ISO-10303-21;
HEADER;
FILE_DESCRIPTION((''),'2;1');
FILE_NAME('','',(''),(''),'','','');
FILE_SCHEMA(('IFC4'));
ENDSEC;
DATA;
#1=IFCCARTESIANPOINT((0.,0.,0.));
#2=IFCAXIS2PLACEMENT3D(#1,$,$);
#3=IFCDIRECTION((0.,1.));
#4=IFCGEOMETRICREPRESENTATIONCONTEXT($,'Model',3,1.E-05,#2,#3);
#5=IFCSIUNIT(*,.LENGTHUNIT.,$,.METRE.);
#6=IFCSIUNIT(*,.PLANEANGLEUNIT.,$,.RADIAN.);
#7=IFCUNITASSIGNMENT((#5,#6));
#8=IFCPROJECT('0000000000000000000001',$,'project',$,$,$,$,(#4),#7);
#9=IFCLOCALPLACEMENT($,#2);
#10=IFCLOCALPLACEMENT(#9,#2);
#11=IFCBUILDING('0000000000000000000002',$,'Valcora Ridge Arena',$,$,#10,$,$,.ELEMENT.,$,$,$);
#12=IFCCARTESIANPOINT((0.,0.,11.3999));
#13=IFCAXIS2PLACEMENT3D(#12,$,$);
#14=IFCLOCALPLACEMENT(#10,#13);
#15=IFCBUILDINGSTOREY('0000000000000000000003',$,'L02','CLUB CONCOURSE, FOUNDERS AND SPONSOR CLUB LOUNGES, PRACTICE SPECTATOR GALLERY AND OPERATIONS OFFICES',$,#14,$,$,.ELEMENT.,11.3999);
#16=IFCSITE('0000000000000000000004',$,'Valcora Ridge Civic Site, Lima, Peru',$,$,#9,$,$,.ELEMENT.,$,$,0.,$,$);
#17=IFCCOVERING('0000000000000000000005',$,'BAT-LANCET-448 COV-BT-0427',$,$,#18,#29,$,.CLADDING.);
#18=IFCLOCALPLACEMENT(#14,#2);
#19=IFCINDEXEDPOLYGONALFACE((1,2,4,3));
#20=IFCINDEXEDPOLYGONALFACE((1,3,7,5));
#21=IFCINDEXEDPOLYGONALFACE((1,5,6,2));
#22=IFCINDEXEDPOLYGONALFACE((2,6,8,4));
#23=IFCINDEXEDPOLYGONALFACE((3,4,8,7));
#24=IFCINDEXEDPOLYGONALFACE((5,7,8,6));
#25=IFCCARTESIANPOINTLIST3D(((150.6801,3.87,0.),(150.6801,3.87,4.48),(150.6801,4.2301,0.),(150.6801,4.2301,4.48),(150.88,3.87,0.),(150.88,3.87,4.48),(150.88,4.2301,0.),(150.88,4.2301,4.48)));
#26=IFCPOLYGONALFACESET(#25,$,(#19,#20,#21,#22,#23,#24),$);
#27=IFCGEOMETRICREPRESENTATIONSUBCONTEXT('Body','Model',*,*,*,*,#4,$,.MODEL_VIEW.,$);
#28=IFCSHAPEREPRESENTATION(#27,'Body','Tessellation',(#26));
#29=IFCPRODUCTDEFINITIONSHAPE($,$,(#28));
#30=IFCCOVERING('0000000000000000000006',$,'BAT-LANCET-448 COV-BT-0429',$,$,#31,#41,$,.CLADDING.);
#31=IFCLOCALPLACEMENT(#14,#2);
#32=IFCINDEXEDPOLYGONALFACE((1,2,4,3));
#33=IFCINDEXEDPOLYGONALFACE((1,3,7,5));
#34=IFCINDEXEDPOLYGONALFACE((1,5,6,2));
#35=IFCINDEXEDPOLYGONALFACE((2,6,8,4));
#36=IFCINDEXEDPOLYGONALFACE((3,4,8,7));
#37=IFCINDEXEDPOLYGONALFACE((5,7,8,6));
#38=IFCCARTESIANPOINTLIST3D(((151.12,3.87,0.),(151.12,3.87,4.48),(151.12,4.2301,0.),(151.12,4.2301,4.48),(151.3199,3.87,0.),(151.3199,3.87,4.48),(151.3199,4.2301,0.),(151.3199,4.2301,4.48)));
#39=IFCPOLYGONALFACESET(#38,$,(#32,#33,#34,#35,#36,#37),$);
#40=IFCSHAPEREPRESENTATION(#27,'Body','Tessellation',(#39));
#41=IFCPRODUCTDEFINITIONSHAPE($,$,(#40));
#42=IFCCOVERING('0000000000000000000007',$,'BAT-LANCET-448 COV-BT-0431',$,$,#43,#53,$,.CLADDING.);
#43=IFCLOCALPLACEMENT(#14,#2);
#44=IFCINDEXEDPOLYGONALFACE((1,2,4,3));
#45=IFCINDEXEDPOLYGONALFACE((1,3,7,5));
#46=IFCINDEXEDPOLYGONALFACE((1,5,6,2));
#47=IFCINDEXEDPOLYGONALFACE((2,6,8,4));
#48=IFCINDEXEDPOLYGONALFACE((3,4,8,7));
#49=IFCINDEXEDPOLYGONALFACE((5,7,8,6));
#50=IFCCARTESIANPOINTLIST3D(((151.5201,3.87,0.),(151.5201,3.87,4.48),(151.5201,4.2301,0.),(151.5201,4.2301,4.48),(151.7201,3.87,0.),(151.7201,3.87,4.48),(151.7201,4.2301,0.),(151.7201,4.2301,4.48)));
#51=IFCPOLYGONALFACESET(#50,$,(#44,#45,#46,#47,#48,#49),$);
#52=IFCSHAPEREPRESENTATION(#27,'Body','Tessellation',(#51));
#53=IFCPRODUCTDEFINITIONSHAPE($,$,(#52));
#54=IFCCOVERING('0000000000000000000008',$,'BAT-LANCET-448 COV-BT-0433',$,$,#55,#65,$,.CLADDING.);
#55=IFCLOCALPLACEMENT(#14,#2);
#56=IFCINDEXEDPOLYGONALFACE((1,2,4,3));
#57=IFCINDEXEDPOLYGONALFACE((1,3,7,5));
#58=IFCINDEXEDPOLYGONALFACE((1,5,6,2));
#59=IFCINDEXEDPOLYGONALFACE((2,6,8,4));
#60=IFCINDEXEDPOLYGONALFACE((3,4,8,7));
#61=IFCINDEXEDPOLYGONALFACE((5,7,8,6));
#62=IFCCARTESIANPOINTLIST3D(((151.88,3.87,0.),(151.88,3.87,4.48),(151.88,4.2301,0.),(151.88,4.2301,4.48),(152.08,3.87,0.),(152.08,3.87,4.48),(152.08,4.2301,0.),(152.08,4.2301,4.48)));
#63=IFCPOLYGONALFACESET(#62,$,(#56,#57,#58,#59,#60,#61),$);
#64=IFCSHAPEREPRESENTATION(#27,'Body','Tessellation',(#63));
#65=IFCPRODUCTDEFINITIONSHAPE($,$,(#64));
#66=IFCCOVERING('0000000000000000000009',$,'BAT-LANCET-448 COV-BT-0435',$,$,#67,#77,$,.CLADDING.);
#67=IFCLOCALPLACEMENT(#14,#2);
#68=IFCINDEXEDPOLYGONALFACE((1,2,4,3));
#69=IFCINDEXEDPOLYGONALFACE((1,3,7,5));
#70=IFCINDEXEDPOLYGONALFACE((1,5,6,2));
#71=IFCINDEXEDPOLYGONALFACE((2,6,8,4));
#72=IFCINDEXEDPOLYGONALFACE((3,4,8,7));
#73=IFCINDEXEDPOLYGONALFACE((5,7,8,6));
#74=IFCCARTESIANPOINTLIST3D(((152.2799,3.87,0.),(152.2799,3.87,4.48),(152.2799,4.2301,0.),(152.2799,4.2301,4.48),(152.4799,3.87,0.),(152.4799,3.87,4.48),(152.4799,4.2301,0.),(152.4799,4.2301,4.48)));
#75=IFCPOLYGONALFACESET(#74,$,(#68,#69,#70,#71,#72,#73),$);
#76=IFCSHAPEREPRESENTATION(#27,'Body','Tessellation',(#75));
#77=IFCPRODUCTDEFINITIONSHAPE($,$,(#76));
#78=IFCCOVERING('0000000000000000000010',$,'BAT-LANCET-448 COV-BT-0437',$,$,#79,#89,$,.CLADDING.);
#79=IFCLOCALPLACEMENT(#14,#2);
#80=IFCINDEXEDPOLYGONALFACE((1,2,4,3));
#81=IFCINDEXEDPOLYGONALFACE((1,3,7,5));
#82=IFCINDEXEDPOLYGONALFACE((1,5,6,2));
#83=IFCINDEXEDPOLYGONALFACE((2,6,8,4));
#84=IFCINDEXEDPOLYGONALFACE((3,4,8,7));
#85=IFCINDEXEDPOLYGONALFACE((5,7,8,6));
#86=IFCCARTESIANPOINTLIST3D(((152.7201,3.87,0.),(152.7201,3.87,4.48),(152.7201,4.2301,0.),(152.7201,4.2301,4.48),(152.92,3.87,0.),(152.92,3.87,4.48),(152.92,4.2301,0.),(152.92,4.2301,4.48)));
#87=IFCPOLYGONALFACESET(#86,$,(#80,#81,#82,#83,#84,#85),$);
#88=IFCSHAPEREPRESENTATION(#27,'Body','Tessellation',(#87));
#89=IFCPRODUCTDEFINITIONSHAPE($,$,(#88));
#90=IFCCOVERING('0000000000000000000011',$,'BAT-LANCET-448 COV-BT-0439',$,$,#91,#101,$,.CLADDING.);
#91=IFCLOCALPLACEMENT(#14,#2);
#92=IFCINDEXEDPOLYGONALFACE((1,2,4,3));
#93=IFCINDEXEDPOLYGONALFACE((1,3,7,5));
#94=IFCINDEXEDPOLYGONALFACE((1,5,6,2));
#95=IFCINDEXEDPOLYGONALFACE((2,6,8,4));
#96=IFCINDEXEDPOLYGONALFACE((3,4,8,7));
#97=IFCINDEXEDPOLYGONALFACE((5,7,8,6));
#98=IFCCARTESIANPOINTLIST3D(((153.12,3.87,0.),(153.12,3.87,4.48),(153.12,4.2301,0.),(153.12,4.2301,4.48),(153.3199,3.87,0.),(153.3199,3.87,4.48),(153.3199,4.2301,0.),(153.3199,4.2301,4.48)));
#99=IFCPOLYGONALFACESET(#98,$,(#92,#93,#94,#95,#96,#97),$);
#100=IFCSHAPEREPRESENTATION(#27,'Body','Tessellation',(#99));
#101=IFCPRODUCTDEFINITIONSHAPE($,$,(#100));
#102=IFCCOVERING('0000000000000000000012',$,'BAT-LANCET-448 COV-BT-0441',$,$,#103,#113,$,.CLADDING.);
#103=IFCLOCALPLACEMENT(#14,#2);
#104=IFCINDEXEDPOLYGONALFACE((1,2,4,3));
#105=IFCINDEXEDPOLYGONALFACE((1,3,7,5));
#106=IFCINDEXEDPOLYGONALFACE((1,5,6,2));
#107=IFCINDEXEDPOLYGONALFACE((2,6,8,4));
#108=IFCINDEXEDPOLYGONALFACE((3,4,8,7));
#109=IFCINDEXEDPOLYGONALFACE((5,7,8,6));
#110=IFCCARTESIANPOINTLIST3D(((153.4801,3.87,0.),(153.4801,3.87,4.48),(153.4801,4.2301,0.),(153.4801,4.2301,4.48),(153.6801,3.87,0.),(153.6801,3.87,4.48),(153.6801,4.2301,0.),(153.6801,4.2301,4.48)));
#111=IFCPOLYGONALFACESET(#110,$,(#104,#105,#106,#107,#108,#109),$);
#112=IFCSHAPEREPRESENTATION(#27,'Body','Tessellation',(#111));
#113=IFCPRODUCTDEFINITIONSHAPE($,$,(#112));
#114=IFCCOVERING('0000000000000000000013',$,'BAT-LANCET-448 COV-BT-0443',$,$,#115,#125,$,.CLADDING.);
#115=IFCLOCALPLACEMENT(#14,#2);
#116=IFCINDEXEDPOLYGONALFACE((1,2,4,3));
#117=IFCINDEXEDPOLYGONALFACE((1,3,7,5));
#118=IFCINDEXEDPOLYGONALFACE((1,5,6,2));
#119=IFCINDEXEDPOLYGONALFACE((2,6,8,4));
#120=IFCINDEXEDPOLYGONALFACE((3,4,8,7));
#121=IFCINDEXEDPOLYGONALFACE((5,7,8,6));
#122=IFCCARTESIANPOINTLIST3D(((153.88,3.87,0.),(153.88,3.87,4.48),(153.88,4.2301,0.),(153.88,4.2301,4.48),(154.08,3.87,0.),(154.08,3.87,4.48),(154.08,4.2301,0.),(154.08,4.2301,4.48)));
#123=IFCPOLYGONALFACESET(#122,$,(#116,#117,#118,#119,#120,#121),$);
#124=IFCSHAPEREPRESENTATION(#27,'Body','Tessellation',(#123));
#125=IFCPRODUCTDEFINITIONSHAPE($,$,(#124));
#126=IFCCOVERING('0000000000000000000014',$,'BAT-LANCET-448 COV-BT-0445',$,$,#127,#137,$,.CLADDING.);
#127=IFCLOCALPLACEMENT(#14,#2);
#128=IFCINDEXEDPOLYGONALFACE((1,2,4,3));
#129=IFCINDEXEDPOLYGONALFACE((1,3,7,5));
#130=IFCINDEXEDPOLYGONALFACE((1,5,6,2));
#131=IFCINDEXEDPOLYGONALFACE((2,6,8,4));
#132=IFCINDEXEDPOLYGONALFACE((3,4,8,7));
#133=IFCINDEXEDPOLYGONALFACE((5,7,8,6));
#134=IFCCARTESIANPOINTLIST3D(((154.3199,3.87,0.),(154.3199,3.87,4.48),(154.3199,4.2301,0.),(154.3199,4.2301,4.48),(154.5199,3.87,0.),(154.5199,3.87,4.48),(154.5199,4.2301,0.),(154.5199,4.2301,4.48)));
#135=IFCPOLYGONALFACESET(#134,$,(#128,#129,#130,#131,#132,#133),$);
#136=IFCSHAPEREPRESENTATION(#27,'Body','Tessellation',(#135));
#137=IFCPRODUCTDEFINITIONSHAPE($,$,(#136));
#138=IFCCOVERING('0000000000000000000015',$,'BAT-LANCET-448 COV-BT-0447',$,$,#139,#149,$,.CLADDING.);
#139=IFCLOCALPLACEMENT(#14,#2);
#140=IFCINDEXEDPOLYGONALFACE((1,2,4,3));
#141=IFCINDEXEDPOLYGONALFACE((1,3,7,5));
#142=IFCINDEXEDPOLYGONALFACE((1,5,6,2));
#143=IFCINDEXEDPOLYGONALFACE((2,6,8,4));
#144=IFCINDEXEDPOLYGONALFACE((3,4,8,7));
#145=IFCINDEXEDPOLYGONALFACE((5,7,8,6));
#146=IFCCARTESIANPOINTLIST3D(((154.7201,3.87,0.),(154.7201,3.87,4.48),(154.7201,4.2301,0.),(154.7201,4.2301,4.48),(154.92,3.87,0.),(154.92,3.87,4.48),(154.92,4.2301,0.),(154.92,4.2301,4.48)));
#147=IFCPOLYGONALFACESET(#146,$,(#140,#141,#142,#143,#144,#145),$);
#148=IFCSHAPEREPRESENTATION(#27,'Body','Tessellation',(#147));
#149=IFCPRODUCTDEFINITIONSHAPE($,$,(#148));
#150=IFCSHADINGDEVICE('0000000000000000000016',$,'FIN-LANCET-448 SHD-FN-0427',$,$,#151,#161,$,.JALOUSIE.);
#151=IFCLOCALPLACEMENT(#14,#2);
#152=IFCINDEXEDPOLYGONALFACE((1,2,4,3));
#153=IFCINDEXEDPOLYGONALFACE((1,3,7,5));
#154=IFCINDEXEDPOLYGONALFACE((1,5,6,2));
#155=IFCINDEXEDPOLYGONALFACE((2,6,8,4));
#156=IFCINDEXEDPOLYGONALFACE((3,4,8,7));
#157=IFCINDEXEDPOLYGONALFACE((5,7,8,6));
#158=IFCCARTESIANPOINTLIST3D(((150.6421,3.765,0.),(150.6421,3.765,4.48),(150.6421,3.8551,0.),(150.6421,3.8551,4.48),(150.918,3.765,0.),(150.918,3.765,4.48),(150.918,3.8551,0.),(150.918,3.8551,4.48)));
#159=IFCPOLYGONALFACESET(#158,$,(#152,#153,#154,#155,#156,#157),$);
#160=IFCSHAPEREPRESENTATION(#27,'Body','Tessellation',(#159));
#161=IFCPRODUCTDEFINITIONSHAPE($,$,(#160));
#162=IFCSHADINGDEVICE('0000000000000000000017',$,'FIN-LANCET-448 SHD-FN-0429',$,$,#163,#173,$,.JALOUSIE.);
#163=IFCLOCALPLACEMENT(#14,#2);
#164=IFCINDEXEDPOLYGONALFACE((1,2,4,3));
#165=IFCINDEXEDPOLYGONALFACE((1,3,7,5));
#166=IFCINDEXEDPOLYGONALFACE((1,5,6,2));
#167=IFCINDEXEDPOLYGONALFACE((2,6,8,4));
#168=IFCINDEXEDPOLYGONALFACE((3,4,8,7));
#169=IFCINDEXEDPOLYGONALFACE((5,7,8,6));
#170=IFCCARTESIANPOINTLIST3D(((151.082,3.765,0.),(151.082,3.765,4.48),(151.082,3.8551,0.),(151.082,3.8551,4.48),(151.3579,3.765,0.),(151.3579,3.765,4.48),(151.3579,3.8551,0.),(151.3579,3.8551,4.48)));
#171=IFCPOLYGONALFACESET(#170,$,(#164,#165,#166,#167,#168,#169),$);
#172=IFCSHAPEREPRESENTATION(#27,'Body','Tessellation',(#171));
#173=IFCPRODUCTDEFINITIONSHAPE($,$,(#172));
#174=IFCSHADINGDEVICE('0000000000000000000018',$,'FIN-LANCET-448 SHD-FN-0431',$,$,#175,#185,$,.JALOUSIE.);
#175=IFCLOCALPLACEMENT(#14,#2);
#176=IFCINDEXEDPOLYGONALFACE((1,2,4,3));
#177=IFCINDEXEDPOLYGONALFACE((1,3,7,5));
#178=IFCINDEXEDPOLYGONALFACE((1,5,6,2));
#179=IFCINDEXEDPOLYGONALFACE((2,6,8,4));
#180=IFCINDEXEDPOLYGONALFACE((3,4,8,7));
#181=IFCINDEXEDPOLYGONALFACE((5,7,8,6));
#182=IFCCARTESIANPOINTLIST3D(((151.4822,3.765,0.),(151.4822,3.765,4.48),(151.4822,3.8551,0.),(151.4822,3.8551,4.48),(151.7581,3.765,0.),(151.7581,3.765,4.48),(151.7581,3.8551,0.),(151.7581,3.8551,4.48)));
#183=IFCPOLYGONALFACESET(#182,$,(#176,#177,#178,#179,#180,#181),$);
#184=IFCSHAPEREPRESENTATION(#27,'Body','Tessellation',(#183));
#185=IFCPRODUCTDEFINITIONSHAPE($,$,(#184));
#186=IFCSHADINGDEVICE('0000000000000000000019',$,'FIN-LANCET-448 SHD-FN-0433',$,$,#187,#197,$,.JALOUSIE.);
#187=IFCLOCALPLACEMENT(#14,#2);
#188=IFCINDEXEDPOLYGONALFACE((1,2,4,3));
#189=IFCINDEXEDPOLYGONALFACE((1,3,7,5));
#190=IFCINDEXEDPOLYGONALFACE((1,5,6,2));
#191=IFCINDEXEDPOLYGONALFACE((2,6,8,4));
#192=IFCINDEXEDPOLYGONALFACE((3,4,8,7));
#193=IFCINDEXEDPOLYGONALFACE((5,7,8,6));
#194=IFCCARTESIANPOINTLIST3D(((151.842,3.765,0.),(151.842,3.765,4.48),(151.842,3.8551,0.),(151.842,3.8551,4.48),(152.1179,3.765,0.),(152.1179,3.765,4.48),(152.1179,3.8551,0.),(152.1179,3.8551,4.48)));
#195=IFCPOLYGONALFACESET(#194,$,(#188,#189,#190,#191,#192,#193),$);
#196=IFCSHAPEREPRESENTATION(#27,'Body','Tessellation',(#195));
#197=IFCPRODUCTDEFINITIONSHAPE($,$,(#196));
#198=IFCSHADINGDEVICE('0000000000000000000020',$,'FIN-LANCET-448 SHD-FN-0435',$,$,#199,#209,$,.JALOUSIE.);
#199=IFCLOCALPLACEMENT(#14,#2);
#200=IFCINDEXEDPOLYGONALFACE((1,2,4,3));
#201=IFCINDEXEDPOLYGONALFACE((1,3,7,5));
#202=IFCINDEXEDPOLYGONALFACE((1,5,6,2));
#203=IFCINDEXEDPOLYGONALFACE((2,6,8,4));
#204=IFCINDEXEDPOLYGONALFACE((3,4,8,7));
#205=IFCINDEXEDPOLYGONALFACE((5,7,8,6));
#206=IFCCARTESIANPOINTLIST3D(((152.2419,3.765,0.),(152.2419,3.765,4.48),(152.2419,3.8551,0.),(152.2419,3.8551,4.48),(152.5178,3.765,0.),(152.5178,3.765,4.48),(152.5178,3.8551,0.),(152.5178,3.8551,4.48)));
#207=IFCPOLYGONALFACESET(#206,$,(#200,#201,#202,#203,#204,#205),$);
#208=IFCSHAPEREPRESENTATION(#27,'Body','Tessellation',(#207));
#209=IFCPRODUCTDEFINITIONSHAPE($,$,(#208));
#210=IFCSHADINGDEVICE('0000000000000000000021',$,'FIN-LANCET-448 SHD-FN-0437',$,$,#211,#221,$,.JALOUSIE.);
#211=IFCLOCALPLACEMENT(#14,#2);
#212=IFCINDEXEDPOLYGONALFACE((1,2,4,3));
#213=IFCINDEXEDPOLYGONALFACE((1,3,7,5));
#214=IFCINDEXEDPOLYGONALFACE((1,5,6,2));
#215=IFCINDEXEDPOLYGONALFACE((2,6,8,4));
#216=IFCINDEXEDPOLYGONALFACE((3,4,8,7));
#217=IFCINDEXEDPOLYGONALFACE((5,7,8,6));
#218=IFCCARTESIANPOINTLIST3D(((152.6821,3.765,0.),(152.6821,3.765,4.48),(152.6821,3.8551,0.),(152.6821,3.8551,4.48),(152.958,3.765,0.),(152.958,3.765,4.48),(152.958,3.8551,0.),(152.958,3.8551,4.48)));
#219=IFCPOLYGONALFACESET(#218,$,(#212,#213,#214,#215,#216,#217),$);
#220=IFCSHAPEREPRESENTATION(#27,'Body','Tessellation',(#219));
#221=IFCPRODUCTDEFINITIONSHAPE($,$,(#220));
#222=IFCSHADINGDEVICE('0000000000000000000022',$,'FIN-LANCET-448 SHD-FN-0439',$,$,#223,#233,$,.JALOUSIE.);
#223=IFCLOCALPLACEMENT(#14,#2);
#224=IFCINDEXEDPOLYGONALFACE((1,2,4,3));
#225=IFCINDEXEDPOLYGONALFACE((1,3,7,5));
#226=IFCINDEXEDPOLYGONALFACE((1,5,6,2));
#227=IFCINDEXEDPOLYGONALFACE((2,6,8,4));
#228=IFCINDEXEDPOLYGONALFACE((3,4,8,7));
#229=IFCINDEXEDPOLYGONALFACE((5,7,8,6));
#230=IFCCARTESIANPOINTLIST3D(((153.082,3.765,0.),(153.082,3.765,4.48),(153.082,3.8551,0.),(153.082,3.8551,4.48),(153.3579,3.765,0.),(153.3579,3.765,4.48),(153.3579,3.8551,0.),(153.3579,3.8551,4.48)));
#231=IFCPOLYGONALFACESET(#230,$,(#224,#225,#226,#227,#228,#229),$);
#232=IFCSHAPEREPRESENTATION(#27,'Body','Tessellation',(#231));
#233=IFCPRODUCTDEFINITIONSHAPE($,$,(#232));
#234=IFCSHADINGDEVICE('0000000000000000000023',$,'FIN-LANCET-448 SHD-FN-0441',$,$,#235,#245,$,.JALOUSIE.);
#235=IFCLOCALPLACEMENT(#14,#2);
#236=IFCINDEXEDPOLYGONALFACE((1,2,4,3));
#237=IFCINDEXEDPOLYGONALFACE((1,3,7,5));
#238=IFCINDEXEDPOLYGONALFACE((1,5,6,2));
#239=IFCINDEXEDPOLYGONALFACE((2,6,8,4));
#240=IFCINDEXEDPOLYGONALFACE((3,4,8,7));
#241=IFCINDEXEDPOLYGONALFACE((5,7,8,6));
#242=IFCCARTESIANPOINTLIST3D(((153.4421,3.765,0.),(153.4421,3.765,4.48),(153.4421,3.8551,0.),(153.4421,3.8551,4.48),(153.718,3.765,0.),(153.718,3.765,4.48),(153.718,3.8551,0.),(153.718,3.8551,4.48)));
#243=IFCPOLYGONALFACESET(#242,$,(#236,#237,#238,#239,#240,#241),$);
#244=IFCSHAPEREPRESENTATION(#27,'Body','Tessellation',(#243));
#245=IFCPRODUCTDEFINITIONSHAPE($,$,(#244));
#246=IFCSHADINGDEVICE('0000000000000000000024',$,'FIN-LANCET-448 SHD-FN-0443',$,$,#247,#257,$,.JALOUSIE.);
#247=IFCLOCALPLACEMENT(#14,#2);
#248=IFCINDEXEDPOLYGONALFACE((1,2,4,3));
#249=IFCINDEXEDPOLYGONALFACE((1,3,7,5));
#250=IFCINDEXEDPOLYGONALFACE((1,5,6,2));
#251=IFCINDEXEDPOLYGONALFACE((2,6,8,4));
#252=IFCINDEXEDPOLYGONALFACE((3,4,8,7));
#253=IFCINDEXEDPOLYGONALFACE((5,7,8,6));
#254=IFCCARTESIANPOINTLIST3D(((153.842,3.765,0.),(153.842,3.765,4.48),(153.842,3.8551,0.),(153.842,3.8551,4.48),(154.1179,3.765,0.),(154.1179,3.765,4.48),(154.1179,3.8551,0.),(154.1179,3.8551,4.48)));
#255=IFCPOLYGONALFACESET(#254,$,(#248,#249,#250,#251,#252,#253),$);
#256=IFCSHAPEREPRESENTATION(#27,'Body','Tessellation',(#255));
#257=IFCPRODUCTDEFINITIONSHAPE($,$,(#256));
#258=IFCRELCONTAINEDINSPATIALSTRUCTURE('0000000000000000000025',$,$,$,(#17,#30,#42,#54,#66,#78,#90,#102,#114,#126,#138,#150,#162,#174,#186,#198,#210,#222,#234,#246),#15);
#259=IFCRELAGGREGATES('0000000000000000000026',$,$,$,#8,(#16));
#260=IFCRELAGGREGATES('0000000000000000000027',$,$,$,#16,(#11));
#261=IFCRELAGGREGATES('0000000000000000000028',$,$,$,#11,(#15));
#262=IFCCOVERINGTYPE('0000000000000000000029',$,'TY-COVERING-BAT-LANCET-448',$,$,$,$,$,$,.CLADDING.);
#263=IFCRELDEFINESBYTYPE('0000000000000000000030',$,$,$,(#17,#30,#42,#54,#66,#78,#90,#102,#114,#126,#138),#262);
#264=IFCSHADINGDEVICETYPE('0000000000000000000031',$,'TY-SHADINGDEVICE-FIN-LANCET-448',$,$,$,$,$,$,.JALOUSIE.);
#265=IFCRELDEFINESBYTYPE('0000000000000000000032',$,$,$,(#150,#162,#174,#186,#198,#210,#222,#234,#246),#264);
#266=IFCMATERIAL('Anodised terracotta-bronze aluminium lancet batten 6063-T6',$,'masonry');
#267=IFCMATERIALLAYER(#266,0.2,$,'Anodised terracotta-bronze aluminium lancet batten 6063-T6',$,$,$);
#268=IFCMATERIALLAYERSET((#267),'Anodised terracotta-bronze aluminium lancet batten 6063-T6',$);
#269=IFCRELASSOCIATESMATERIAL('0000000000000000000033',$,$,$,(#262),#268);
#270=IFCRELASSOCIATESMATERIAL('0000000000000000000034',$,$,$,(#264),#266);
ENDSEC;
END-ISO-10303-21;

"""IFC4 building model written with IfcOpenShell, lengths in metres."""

from ifc_helpers import new_model, si_unit, direction, frame, origin, origin_2d, place, context, subcontext, project, spatial, rectangle, extrude, material, layer, layer_set, material_profile, profile_set, type_object, element, save


model = new_model("IFC4")

# Units and contexts
model_context = context("Model", 3, precision=1e-05, world=origin(), true_north=direction((0.0, 1.0)))
body_context = subcontext(model_context, "Body", "Model", "MODEL_VIEW")
ifc_project = project(units=[si_unit("LENGTHUNIT", "METRE"), si_unit("PLANEANGLEUNIT", "RADIAN")], contexts=[model_context])

# Site, building, storey
site_placement = place(None, origin())
site = spatial("IfcSite", under=ifc_project, at=site_placement, Name="Valcora Ridge Civic Site, Lima, Peru", CompositionType="ELEMENT", RefElevation=0.0)
building_placement = place(site_placement, origin())
building = spatial("IfcBuilding", under=site, at=building_placement, Name="Valcora Ridge Arena", CompositionType="ELEMENT")
storey_placement = place(building_placement, frame((0.0, 0.0, 11.3999)))
storey = spatial("IfcBuildingStorey", under=building, at=storey_placement, Name="L02", Description="CLUB CONCOURSE, FOUNDERS AND SPONSOR CLUB LOUNGES, PRACTICE SPECTATOR GALLERY AND OPERATIONS OFFICES", CompositionType="ELEMENT", Elevation=11.3999)

# Coverings
ifc_material_1 = material(Name="Anodised terracotta-bronze aluminium lancet batten 6063-T6", Category="masonry")
ifc_layer_1 = layer(ifc_material_1, 0.2, Name="Anodised terracotta-bronze aluminium lancet batten 6063-T6")
ifc_layer_set_1 = layer_set([ifc_layer_1], Name="Anodised terracotta-bronze aluminium lancet batten 6063-T6")
covering_type = type_object("IfcCoveringType", Name="TY-COVERING-BAT-LANCET-448", PredefinedType="CLADDING", material=ifc_layer_set_1)
for number, where, z_axis, x_axis, name in (
    (1, (150.78, 4.05, 0.0), (0.0, 0.0, 1.0), (1.0, 0.0, 0.0), "BAT-LANCET-448 COV-BT-0427"),
    (2, (151.22, 4.05, 0.0), (0.0, 0.0, 1.0), (1.0, 0.0, 0.0), "BAT-LANCET-448 COV-BT-0429"),
    (3, (151.6201, 4.05, 0.0), (0.0, 0.0, 1.0), (1.0, 0.0, 0.0), "BAT-LANCET-448 COV-BT-0431"),
    (4, (151.98, 4.05, 0.0), (0.0, 0.0, 1.0), (1.0, 0.0, 0.0), "BAT-LANCET-448 COV-BT-0433"),
    (5, (152.3799, 4.05, 0.0), (0.0, 0.0, 1.0), (1.0, 0.0, 0.0), "BAT-LANCET-448 COV-BT-0435"),
    (6, (152.8201, 4.05, 0.0), (0.0, 0.0, 1.0), (1.0, 0.0, 0.0), "BAT-LANCET-448 COV-BT-0437"),
    (7, (153.22, 4.05, 0.0), (0.0, 0.0, 1.0), (1.0, 0.0, 0.0), "BAT-LANCET-448 COV-BT-0439"),
    (8, (153.5801, 4.05, 0.0), (0.0, 0.0, 1.0), (1.0, 0.0, 0.0), "BAT-LANCET-448 COV-BT-0441"),
    (9, (153.98, 4.05, 0.0), (0.0, 0.0, 1.0), (1.0, 0.0, 0.0), "BAT-LANCET-448 COV-BT-0443"),
    (10, (154.4199, 4.05, 0.0), (0.0, 0.0, 1.0), (1.0, 0.0, 0.0), "BAT-LANCET-448 COV-BT-0445"),
    (11, (154.8201, 4.05, 0.0), (0.0, 0.0, 1.0), (1.0, 0.0, 0.0), "BAT-LANCET-448 COV-BT-0447"),
):
    element("IfcCovering", number, at=place(storey_placement, frame(where, z_axis=z_axis, x_axis=x_axis)), inside=storey, type_object=covering_type, Name=name, PredefinedType="CLADDING", context=body_context, shape_type="SweptSolid", body=[
        extrude(rectangle(XDim=0.2, YDim=0.3601, at=origin_2d()), origin(), (0.0, 0.0, 1.0), 4.48),
    ])

# Shading devices
ifc_material_profile_1 = material_profile(ifc_material_1, rectangle(XDim=0.0901, YDim=0.2759, at=origin_2d()), Name="ALU LANCET BATTEN 90x276")
ifc_profile_set_1 = profile_set([ifc_material_profile_1], Name="Anodised terracotta-bronze aluminium lancet batten 6063-T6")
shading_device_type = type_object("IfcShadingDeviceType", Name="TY-SHADINGDEVICE-FIN-LANCET-448", PredefinedType="JALOUSIE", material=ifc_profile_set_1)
for number, where, z_axis, x_axis, name in (
    (12, (150.78, 3.8101, 0.0), (0.0, 0.0, 1.0), (0.0, 1.0, 0.0), "FIN-LANCET-448 SHD-FN-0427"),
    (13, (151.22, 3.8101, 0.0), (0.0, 0.0, 1.0), (0.0, 1.0, 0.0), "FIN-LANCET-448 SHD-FN-0429"),
    (14, (151.6201, 3.8101, 0.0), (0.0, 0.0, 1.0), (0.0, 1.0, 0.0), "FIN-LANCET-448 SHD-FN-0431"),
    (15, (151.98, 3.8101, 0.0), (0.0, 0.0, 1.0), (0.0, 1.0, 0.0), "FIN-LANCET-448 SHD-FN-0433"),
    (16, (152.3799, 3.8101, 0.0), (0.0, 0.0, 1.0), (0.0, 1.0, 0.0), "FIN-LANCET-448 SHD-FN-0435"),
    (17, (152.8201, 3.8101, 0.0), (0.0, 0.0, 1.0), (0.0, 1.0, 0.0), "FIN-LANCET-448 SHD-FN-0437"),
    (18, (153.22, 3.8101, 0.0), (0.0, 0.0, 1.0), (0.0, 1.0, 0.0), "FIN-LANCET-448 SHD-FN-0439"),
    (19, (153.5801, 3.8101, 0.0), (0.0, 0.0, 1.0), (0.0, 1.0, 0.0), "FIN-LANCET-448 SHD-FN-0441"),
    (20, (153.98, 3.8101, 0.0), (0.0, 0.0, 1.0), (0.0, 1.0, 0.0), "FIN-LANCET-448 SHD-FN-0443"),
):
    element("IfcShadingDevice", number, at=place(storey_placement, frame(where, z_axis=z_axis, x_axis=x_axis)), inside=storey, type_object=shading_device_type, Name=name, PredefinedType="JALOUSIE", context=body_context, shape_type="SweptSolid", body=[
        extrude(rectangle(XDim=0.0901, YDim=0.2759, at=origin_2d()), origin(), (0.0, 0.0, 1.0), 4.48),
    ])

save(model, "model.ifc")
